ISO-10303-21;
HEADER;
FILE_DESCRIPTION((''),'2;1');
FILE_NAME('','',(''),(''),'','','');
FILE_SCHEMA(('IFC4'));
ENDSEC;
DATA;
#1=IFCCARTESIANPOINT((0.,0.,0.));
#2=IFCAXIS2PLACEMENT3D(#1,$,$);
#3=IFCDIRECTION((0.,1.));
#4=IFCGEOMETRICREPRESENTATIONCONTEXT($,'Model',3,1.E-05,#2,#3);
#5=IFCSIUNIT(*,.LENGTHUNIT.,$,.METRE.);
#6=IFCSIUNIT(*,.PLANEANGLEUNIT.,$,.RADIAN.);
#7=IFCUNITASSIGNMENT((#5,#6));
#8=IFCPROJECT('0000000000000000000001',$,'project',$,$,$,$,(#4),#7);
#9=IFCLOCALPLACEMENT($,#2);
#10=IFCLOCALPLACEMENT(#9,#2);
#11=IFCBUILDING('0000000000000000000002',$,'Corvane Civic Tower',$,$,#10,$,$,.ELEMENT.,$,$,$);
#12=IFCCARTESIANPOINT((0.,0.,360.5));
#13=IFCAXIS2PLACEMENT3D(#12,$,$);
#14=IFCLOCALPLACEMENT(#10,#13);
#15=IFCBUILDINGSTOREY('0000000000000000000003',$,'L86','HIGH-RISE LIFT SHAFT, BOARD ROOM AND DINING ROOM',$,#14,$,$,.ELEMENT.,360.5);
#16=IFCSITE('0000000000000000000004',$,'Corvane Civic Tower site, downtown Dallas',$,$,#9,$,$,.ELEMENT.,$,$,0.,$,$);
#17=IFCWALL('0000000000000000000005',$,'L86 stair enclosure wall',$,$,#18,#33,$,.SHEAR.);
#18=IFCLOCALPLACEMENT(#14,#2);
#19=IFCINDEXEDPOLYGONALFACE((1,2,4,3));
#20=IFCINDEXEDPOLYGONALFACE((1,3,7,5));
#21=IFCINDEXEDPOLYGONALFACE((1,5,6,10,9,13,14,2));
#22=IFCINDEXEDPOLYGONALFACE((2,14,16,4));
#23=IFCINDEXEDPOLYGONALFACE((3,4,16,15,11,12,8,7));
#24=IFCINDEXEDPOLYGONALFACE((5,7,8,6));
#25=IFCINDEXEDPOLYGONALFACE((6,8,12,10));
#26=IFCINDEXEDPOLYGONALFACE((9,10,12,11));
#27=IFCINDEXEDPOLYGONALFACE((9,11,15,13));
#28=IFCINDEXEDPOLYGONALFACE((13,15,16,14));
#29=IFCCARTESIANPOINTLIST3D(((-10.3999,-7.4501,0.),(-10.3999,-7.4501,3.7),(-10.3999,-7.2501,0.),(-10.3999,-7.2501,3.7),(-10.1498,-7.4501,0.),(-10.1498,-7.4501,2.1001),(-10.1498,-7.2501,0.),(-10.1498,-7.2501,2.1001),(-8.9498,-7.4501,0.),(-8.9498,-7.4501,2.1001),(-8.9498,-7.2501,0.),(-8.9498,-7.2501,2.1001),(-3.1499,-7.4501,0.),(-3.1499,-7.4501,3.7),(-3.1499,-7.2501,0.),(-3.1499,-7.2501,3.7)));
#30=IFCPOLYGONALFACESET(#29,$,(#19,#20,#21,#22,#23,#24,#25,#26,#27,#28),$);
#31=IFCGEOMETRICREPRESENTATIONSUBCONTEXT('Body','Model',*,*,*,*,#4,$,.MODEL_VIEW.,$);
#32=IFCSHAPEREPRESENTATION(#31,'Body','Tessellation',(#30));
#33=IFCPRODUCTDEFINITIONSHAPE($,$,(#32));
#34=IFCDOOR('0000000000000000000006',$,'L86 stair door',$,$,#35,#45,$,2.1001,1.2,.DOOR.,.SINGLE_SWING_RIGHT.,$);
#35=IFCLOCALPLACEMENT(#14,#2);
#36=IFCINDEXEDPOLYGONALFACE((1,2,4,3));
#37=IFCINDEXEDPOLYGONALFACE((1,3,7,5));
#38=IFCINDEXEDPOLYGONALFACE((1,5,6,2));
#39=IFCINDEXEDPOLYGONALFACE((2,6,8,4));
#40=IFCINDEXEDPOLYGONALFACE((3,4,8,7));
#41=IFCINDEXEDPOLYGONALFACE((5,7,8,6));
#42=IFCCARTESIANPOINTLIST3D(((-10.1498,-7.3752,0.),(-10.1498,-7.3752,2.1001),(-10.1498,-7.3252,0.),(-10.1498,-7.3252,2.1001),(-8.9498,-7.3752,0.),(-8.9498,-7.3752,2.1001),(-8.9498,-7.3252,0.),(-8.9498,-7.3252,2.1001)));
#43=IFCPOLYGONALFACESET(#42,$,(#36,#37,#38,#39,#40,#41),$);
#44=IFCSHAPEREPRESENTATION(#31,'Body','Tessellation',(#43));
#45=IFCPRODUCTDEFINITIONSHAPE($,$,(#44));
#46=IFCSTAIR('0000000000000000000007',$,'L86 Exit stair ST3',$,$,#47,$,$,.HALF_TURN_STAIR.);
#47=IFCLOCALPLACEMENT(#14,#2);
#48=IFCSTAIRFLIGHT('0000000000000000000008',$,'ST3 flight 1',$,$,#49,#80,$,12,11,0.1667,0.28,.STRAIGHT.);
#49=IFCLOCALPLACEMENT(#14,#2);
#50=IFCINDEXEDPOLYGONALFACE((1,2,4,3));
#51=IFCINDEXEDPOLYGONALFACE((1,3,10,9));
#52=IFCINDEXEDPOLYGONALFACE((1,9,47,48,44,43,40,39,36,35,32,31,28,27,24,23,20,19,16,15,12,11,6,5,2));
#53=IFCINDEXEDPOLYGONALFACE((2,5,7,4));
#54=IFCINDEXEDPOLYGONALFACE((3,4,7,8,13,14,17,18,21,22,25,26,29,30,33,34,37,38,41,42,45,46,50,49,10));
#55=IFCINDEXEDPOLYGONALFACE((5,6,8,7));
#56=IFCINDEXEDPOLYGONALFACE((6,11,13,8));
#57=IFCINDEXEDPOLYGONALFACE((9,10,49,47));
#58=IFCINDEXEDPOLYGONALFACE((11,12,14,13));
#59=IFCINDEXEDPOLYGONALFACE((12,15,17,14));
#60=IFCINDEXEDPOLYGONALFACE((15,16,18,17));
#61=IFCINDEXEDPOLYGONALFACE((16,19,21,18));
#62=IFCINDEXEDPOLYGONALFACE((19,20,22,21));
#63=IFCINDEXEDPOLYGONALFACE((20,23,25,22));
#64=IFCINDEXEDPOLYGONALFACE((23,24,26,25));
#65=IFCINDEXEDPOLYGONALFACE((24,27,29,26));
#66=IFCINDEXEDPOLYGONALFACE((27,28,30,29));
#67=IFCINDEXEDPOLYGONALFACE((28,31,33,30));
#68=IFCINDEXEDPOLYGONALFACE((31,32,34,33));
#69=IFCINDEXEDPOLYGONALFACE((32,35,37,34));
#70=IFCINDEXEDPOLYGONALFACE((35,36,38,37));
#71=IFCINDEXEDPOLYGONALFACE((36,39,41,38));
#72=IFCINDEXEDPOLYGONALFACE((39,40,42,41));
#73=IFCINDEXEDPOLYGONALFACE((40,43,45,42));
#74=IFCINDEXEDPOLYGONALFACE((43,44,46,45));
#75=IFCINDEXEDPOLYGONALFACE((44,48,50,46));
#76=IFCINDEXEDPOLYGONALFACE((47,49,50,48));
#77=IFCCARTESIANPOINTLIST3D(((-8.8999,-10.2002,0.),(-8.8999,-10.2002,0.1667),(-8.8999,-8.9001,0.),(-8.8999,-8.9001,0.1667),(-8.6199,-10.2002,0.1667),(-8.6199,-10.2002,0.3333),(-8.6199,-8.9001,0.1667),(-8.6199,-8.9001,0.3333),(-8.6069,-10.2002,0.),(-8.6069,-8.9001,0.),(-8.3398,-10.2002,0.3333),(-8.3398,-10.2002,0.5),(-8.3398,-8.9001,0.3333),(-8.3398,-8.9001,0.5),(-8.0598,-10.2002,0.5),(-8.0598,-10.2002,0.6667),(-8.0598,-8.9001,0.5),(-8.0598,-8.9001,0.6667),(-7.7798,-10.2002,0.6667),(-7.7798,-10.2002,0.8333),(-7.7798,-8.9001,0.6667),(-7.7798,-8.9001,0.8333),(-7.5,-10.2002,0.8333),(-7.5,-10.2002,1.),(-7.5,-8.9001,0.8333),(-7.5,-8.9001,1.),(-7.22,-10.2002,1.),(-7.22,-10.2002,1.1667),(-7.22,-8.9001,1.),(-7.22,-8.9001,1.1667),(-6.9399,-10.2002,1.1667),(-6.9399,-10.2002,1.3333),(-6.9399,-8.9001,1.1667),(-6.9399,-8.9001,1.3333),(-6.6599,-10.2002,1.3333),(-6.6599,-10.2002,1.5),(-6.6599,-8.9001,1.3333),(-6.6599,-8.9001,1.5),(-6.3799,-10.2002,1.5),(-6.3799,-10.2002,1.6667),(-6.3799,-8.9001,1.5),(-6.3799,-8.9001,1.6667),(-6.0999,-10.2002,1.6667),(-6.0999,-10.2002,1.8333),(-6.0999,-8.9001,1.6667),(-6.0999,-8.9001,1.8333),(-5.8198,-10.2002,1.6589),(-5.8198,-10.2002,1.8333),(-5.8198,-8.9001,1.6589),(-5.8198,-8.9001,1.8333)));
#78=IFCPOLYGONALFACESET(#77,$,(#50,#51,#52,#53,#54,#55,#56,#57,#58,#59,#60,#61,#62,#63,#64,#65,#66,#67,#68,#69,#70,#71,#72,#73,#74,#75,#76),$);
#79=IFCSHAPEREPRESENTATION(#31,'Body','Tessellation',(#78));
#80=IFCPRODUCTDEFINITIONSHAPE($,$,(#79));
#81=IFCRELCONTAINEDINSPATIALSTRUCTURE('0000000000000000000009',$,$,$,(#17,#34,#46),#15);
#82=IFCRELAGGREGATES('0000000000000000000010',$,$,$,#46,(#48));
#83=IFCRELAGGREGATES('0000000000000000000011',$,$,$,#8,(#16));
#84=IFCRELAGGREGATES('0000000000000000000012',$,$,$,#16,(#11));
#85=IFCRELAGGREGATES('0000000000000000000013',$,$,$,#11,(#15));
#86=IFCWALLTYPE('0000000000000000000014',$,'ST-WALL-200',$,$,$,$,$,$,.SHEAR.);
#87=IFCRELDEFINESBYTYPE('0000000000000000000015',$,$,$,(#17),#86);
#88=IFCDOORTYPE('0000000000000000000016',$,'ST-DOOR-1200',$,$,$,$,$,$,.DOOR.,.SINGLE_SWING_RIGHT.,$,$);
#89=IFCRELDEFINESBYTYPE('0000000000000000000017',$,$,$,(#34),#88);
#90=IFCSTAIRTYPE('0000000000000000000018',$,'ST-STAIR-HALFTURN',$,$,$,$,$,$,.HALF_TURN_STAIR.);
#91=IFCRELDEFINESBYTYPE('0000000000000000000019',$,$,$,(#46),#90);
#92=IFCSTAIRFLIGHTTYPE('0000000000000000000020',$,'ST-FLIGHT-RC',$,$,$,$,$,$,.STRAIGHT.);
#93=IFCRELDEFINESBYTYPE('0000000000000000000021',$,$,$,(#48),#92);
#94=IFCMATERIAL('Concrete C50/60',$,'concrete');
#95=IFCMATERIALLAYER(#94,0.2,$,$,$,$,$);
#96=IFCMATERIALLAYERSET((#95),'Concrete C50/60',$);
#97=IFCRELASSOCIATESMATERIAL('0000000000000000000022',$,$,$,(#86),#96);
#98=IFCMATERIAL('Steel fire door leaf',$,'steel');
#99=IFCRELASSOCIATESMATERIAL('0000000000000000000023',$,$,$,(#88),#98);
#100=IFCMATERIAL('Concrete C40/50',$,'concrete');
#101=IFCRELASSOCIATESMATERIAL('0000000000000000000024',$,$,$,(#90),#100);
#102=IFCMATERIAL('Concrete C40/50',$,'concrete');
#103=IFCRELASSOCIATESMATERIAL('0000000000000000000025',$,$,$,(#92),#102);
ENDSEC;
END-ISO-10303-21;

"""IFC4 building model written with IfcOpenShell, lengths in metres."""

from ifc_helpers import new_model, si_unit, direction, frame, frame_2d, origin, place, context, subcontext, project, spatial, polyline, rectangle, outline, extrude, material, layer, layer_set, type_object, element, fill, aggregate, save


model = new_model("IFC4")

# Units and contexts
model_context = context("Model", 3, precision=1e-05, world=origin(), true_north=direction((0.0, 1.0)))
body_context = subcontext(model_context, "Body", "Model", "MODEL_VIEW")
ifc_project = project(units=[si_unit("LENGTHUNIT", "METRE"), si_unit("PLANEANGLEUNIT", "RADIAN")], contexts=[model_context])

# Site, building, storey
site_placement = place(None, origin())
site = spatial("IfcSite", under=ifc_project, at=site_placement, Name="Corvane Civic Tower site, downtown Dallas", CompositionType="ELEMENT", RefElevation=0.0)
building_placement = place(site_placement, origin())
building = spatial("IfcBuilding", under=site, at=building_placement, Name="Corvane Civic Tower", CompositionType="ELEMENT")
storey_placement = place(building_placement, frame((0.0, 0.0, 360.5)))
storey = spatial("IfcBuildingStorey", under=building, at=storey_placement, Name="L86", Description="HIGH-RISE LIFT SHAFT, BOARD ROOM AND DINING ROOM", CompositionType="ELEMENT", Elevation=360.5)

# Wall, opening, door
ifc_material_1 = material(Name="Concrete C50/60", Category="concrete")
ifc_layer_1 = layer(ifc_material_1, 0.2)
ifc_layer_set_1 = layer_set([ifc_layer_1], Name="Concrete C50/60")
wall_type_1 = type_object("IfcWallType", Name="ST-WALL-200", PredefinedType="SHEAR", material=ifc_layer_set_1)
wall_1_placement = place(storey_placement, frame((-10.3999, -7.3501, 0.0), z_axis=(0.0, 0.0, 1.0), x_axis=(1.0, 0.0, 0.0)))
wall_1 = element("IfcWall", 1, at=wall_1_placement, inside=storey, type_object=wall_type_1, Name="L86 stair enclosure wall", PredefinedType="SHEAR", context=body_context, shape_type="SweptSolid", body=[
    extrude(rectangle(XDim=7.25, YDim=0.2, at=frame_2d((3.625, 0.0))), origin(), (0.0, 0.0, 1.0), 3.7),
])
opening_1_placement = place(wall_1_placement, frame((0.25, 0.0, 0.0)))
opening_1 = element("IfcOpeningElement", 2, at=opening_1_placement, cuts=wall_1, PredefinedType="OPENING", context=body_context, shape_type="SweptSolid", body=[
    extrude(rectangle(XDim=1.2, YDim=2.1001, at=frame_2d((0.6001, 1.05))), frame((0.0, 0.1099, 0.0), z_axis=(0.0, -1.0, 0.0), x_axis=(1.0, 0.0, 0.0)), (0.0, 0.0, 1.0), 0.22),
])
ifc_material_2 = material(Name="Steel fire door leaf", Category="steel")
door_type_1 = type_object("IfcDoorType", Name="ST-DOOR-1200", OperationType="SINGLE_SWING_RIGHT", PredefinedType="DOOR", material=ifc_material_2)
door_1_placement = place(opening_1_placement, origin())
door_1 = element("IfcDoor", 3, at=door_1_placement, inside=storey, type_object=door_type_1, Name="L86 stair door", OperationType="SINGLE_SWING_RIGHT", OverallHeight=2.1001, OverallWidth=1.2, PredefinedType="DOOR", context=body_context, shape_type="SweptSolid", body=[
    extrude(rectangle(XDim=1.2, YDim=2.1001, at=frame_2d((0.6001, 1.05))), frame((0.0, 0.0249, 0.0), z_axis=(0.0, -1.0, 0.0), x_axis=(1.0, 0.0, 0.0)), (0.0, 0.0, 1.0), 0.05),
])
fill(opening_1, door_1)

# Stair, stair flight
ifc_material_3 = material(Name="Concrete C40/50", Category="concrete")
stair_type = type_object("IfcStairType", Name="ST-STAIR-HALFTURN", PredefinedType="HALF_TURN_STAIR", material=ifc_material_3)
stair_placement = place(storey_placement, origin())
stair = element("IfcStair", 4, at=stair_placement, inside=storey, type_object=stair_type, Name="L86 Exit stair ST3", PredefinedType="HALF_TURN_STAIR")
ifc_material_4 = material(Name="Concrete C40/50", Category="concrete")
stair_flight_type = type_object("IfcStairFlightType", Name="ST-FLIGHT-RC", PredefinedType="STRAIGHT", material=ifc_material_4)
stair_flight_placement = place(storey_placement, frame((-8.8999, -9.55, 0.0), z_axis=(0.0, 0.0, 1.0), x_axis=(1.0, 0.0, 0.0)))
stair_flight = element("IfcStairFlight", 5, at=stair_flight_placement, type_object=stair_flight_type, Name="ST3 flight 1", NumberOfRisers=12, NumberOfTreads=11, PredefinedType="STRAIGHT", RiserHeight=0.1667, TreadLength=0.28, context=body_context, shape_type="SweptSolid", body=[
    extrude(outline(polyline([(0.0, 0.0), (0.0, 0.1667), (0.28, 0.1667), (0.28, 0.3333), (0.5601, 0.3333), (0.5601, 0.5), (0.8401, 0.5), (0.8401, 0.6667), (1.1201, 0.6667), (1.1201, 0.8333), (1.3999, 0.8333), (1.3999, 1.0), (1.6799, 1.0), (1.6799, 1.1667), (1.96, 1.1667), (1.96, 1.3333), (2.24, 1.3333), (2.24, 1.5), (2.52, 1.5), (2.52, 1.6667), (2.8, 1.6667), (2.8, 1.8333), (3.0801, 1.8333), (3.0801, 2.0), (3.0801, 1.6589), (0.293, 0.0), (0.0, 0.0)])), frame((0.0, 0.6499, 0.0), z_axis=(0.0, -1.0, 0.0), x_axis=(1.0, 0.0, 0.0)), (0.0, 0.0, 1.0), 1.3),
])
aggregate(stair, [stair_flight])

save(model, "model.ifc")
